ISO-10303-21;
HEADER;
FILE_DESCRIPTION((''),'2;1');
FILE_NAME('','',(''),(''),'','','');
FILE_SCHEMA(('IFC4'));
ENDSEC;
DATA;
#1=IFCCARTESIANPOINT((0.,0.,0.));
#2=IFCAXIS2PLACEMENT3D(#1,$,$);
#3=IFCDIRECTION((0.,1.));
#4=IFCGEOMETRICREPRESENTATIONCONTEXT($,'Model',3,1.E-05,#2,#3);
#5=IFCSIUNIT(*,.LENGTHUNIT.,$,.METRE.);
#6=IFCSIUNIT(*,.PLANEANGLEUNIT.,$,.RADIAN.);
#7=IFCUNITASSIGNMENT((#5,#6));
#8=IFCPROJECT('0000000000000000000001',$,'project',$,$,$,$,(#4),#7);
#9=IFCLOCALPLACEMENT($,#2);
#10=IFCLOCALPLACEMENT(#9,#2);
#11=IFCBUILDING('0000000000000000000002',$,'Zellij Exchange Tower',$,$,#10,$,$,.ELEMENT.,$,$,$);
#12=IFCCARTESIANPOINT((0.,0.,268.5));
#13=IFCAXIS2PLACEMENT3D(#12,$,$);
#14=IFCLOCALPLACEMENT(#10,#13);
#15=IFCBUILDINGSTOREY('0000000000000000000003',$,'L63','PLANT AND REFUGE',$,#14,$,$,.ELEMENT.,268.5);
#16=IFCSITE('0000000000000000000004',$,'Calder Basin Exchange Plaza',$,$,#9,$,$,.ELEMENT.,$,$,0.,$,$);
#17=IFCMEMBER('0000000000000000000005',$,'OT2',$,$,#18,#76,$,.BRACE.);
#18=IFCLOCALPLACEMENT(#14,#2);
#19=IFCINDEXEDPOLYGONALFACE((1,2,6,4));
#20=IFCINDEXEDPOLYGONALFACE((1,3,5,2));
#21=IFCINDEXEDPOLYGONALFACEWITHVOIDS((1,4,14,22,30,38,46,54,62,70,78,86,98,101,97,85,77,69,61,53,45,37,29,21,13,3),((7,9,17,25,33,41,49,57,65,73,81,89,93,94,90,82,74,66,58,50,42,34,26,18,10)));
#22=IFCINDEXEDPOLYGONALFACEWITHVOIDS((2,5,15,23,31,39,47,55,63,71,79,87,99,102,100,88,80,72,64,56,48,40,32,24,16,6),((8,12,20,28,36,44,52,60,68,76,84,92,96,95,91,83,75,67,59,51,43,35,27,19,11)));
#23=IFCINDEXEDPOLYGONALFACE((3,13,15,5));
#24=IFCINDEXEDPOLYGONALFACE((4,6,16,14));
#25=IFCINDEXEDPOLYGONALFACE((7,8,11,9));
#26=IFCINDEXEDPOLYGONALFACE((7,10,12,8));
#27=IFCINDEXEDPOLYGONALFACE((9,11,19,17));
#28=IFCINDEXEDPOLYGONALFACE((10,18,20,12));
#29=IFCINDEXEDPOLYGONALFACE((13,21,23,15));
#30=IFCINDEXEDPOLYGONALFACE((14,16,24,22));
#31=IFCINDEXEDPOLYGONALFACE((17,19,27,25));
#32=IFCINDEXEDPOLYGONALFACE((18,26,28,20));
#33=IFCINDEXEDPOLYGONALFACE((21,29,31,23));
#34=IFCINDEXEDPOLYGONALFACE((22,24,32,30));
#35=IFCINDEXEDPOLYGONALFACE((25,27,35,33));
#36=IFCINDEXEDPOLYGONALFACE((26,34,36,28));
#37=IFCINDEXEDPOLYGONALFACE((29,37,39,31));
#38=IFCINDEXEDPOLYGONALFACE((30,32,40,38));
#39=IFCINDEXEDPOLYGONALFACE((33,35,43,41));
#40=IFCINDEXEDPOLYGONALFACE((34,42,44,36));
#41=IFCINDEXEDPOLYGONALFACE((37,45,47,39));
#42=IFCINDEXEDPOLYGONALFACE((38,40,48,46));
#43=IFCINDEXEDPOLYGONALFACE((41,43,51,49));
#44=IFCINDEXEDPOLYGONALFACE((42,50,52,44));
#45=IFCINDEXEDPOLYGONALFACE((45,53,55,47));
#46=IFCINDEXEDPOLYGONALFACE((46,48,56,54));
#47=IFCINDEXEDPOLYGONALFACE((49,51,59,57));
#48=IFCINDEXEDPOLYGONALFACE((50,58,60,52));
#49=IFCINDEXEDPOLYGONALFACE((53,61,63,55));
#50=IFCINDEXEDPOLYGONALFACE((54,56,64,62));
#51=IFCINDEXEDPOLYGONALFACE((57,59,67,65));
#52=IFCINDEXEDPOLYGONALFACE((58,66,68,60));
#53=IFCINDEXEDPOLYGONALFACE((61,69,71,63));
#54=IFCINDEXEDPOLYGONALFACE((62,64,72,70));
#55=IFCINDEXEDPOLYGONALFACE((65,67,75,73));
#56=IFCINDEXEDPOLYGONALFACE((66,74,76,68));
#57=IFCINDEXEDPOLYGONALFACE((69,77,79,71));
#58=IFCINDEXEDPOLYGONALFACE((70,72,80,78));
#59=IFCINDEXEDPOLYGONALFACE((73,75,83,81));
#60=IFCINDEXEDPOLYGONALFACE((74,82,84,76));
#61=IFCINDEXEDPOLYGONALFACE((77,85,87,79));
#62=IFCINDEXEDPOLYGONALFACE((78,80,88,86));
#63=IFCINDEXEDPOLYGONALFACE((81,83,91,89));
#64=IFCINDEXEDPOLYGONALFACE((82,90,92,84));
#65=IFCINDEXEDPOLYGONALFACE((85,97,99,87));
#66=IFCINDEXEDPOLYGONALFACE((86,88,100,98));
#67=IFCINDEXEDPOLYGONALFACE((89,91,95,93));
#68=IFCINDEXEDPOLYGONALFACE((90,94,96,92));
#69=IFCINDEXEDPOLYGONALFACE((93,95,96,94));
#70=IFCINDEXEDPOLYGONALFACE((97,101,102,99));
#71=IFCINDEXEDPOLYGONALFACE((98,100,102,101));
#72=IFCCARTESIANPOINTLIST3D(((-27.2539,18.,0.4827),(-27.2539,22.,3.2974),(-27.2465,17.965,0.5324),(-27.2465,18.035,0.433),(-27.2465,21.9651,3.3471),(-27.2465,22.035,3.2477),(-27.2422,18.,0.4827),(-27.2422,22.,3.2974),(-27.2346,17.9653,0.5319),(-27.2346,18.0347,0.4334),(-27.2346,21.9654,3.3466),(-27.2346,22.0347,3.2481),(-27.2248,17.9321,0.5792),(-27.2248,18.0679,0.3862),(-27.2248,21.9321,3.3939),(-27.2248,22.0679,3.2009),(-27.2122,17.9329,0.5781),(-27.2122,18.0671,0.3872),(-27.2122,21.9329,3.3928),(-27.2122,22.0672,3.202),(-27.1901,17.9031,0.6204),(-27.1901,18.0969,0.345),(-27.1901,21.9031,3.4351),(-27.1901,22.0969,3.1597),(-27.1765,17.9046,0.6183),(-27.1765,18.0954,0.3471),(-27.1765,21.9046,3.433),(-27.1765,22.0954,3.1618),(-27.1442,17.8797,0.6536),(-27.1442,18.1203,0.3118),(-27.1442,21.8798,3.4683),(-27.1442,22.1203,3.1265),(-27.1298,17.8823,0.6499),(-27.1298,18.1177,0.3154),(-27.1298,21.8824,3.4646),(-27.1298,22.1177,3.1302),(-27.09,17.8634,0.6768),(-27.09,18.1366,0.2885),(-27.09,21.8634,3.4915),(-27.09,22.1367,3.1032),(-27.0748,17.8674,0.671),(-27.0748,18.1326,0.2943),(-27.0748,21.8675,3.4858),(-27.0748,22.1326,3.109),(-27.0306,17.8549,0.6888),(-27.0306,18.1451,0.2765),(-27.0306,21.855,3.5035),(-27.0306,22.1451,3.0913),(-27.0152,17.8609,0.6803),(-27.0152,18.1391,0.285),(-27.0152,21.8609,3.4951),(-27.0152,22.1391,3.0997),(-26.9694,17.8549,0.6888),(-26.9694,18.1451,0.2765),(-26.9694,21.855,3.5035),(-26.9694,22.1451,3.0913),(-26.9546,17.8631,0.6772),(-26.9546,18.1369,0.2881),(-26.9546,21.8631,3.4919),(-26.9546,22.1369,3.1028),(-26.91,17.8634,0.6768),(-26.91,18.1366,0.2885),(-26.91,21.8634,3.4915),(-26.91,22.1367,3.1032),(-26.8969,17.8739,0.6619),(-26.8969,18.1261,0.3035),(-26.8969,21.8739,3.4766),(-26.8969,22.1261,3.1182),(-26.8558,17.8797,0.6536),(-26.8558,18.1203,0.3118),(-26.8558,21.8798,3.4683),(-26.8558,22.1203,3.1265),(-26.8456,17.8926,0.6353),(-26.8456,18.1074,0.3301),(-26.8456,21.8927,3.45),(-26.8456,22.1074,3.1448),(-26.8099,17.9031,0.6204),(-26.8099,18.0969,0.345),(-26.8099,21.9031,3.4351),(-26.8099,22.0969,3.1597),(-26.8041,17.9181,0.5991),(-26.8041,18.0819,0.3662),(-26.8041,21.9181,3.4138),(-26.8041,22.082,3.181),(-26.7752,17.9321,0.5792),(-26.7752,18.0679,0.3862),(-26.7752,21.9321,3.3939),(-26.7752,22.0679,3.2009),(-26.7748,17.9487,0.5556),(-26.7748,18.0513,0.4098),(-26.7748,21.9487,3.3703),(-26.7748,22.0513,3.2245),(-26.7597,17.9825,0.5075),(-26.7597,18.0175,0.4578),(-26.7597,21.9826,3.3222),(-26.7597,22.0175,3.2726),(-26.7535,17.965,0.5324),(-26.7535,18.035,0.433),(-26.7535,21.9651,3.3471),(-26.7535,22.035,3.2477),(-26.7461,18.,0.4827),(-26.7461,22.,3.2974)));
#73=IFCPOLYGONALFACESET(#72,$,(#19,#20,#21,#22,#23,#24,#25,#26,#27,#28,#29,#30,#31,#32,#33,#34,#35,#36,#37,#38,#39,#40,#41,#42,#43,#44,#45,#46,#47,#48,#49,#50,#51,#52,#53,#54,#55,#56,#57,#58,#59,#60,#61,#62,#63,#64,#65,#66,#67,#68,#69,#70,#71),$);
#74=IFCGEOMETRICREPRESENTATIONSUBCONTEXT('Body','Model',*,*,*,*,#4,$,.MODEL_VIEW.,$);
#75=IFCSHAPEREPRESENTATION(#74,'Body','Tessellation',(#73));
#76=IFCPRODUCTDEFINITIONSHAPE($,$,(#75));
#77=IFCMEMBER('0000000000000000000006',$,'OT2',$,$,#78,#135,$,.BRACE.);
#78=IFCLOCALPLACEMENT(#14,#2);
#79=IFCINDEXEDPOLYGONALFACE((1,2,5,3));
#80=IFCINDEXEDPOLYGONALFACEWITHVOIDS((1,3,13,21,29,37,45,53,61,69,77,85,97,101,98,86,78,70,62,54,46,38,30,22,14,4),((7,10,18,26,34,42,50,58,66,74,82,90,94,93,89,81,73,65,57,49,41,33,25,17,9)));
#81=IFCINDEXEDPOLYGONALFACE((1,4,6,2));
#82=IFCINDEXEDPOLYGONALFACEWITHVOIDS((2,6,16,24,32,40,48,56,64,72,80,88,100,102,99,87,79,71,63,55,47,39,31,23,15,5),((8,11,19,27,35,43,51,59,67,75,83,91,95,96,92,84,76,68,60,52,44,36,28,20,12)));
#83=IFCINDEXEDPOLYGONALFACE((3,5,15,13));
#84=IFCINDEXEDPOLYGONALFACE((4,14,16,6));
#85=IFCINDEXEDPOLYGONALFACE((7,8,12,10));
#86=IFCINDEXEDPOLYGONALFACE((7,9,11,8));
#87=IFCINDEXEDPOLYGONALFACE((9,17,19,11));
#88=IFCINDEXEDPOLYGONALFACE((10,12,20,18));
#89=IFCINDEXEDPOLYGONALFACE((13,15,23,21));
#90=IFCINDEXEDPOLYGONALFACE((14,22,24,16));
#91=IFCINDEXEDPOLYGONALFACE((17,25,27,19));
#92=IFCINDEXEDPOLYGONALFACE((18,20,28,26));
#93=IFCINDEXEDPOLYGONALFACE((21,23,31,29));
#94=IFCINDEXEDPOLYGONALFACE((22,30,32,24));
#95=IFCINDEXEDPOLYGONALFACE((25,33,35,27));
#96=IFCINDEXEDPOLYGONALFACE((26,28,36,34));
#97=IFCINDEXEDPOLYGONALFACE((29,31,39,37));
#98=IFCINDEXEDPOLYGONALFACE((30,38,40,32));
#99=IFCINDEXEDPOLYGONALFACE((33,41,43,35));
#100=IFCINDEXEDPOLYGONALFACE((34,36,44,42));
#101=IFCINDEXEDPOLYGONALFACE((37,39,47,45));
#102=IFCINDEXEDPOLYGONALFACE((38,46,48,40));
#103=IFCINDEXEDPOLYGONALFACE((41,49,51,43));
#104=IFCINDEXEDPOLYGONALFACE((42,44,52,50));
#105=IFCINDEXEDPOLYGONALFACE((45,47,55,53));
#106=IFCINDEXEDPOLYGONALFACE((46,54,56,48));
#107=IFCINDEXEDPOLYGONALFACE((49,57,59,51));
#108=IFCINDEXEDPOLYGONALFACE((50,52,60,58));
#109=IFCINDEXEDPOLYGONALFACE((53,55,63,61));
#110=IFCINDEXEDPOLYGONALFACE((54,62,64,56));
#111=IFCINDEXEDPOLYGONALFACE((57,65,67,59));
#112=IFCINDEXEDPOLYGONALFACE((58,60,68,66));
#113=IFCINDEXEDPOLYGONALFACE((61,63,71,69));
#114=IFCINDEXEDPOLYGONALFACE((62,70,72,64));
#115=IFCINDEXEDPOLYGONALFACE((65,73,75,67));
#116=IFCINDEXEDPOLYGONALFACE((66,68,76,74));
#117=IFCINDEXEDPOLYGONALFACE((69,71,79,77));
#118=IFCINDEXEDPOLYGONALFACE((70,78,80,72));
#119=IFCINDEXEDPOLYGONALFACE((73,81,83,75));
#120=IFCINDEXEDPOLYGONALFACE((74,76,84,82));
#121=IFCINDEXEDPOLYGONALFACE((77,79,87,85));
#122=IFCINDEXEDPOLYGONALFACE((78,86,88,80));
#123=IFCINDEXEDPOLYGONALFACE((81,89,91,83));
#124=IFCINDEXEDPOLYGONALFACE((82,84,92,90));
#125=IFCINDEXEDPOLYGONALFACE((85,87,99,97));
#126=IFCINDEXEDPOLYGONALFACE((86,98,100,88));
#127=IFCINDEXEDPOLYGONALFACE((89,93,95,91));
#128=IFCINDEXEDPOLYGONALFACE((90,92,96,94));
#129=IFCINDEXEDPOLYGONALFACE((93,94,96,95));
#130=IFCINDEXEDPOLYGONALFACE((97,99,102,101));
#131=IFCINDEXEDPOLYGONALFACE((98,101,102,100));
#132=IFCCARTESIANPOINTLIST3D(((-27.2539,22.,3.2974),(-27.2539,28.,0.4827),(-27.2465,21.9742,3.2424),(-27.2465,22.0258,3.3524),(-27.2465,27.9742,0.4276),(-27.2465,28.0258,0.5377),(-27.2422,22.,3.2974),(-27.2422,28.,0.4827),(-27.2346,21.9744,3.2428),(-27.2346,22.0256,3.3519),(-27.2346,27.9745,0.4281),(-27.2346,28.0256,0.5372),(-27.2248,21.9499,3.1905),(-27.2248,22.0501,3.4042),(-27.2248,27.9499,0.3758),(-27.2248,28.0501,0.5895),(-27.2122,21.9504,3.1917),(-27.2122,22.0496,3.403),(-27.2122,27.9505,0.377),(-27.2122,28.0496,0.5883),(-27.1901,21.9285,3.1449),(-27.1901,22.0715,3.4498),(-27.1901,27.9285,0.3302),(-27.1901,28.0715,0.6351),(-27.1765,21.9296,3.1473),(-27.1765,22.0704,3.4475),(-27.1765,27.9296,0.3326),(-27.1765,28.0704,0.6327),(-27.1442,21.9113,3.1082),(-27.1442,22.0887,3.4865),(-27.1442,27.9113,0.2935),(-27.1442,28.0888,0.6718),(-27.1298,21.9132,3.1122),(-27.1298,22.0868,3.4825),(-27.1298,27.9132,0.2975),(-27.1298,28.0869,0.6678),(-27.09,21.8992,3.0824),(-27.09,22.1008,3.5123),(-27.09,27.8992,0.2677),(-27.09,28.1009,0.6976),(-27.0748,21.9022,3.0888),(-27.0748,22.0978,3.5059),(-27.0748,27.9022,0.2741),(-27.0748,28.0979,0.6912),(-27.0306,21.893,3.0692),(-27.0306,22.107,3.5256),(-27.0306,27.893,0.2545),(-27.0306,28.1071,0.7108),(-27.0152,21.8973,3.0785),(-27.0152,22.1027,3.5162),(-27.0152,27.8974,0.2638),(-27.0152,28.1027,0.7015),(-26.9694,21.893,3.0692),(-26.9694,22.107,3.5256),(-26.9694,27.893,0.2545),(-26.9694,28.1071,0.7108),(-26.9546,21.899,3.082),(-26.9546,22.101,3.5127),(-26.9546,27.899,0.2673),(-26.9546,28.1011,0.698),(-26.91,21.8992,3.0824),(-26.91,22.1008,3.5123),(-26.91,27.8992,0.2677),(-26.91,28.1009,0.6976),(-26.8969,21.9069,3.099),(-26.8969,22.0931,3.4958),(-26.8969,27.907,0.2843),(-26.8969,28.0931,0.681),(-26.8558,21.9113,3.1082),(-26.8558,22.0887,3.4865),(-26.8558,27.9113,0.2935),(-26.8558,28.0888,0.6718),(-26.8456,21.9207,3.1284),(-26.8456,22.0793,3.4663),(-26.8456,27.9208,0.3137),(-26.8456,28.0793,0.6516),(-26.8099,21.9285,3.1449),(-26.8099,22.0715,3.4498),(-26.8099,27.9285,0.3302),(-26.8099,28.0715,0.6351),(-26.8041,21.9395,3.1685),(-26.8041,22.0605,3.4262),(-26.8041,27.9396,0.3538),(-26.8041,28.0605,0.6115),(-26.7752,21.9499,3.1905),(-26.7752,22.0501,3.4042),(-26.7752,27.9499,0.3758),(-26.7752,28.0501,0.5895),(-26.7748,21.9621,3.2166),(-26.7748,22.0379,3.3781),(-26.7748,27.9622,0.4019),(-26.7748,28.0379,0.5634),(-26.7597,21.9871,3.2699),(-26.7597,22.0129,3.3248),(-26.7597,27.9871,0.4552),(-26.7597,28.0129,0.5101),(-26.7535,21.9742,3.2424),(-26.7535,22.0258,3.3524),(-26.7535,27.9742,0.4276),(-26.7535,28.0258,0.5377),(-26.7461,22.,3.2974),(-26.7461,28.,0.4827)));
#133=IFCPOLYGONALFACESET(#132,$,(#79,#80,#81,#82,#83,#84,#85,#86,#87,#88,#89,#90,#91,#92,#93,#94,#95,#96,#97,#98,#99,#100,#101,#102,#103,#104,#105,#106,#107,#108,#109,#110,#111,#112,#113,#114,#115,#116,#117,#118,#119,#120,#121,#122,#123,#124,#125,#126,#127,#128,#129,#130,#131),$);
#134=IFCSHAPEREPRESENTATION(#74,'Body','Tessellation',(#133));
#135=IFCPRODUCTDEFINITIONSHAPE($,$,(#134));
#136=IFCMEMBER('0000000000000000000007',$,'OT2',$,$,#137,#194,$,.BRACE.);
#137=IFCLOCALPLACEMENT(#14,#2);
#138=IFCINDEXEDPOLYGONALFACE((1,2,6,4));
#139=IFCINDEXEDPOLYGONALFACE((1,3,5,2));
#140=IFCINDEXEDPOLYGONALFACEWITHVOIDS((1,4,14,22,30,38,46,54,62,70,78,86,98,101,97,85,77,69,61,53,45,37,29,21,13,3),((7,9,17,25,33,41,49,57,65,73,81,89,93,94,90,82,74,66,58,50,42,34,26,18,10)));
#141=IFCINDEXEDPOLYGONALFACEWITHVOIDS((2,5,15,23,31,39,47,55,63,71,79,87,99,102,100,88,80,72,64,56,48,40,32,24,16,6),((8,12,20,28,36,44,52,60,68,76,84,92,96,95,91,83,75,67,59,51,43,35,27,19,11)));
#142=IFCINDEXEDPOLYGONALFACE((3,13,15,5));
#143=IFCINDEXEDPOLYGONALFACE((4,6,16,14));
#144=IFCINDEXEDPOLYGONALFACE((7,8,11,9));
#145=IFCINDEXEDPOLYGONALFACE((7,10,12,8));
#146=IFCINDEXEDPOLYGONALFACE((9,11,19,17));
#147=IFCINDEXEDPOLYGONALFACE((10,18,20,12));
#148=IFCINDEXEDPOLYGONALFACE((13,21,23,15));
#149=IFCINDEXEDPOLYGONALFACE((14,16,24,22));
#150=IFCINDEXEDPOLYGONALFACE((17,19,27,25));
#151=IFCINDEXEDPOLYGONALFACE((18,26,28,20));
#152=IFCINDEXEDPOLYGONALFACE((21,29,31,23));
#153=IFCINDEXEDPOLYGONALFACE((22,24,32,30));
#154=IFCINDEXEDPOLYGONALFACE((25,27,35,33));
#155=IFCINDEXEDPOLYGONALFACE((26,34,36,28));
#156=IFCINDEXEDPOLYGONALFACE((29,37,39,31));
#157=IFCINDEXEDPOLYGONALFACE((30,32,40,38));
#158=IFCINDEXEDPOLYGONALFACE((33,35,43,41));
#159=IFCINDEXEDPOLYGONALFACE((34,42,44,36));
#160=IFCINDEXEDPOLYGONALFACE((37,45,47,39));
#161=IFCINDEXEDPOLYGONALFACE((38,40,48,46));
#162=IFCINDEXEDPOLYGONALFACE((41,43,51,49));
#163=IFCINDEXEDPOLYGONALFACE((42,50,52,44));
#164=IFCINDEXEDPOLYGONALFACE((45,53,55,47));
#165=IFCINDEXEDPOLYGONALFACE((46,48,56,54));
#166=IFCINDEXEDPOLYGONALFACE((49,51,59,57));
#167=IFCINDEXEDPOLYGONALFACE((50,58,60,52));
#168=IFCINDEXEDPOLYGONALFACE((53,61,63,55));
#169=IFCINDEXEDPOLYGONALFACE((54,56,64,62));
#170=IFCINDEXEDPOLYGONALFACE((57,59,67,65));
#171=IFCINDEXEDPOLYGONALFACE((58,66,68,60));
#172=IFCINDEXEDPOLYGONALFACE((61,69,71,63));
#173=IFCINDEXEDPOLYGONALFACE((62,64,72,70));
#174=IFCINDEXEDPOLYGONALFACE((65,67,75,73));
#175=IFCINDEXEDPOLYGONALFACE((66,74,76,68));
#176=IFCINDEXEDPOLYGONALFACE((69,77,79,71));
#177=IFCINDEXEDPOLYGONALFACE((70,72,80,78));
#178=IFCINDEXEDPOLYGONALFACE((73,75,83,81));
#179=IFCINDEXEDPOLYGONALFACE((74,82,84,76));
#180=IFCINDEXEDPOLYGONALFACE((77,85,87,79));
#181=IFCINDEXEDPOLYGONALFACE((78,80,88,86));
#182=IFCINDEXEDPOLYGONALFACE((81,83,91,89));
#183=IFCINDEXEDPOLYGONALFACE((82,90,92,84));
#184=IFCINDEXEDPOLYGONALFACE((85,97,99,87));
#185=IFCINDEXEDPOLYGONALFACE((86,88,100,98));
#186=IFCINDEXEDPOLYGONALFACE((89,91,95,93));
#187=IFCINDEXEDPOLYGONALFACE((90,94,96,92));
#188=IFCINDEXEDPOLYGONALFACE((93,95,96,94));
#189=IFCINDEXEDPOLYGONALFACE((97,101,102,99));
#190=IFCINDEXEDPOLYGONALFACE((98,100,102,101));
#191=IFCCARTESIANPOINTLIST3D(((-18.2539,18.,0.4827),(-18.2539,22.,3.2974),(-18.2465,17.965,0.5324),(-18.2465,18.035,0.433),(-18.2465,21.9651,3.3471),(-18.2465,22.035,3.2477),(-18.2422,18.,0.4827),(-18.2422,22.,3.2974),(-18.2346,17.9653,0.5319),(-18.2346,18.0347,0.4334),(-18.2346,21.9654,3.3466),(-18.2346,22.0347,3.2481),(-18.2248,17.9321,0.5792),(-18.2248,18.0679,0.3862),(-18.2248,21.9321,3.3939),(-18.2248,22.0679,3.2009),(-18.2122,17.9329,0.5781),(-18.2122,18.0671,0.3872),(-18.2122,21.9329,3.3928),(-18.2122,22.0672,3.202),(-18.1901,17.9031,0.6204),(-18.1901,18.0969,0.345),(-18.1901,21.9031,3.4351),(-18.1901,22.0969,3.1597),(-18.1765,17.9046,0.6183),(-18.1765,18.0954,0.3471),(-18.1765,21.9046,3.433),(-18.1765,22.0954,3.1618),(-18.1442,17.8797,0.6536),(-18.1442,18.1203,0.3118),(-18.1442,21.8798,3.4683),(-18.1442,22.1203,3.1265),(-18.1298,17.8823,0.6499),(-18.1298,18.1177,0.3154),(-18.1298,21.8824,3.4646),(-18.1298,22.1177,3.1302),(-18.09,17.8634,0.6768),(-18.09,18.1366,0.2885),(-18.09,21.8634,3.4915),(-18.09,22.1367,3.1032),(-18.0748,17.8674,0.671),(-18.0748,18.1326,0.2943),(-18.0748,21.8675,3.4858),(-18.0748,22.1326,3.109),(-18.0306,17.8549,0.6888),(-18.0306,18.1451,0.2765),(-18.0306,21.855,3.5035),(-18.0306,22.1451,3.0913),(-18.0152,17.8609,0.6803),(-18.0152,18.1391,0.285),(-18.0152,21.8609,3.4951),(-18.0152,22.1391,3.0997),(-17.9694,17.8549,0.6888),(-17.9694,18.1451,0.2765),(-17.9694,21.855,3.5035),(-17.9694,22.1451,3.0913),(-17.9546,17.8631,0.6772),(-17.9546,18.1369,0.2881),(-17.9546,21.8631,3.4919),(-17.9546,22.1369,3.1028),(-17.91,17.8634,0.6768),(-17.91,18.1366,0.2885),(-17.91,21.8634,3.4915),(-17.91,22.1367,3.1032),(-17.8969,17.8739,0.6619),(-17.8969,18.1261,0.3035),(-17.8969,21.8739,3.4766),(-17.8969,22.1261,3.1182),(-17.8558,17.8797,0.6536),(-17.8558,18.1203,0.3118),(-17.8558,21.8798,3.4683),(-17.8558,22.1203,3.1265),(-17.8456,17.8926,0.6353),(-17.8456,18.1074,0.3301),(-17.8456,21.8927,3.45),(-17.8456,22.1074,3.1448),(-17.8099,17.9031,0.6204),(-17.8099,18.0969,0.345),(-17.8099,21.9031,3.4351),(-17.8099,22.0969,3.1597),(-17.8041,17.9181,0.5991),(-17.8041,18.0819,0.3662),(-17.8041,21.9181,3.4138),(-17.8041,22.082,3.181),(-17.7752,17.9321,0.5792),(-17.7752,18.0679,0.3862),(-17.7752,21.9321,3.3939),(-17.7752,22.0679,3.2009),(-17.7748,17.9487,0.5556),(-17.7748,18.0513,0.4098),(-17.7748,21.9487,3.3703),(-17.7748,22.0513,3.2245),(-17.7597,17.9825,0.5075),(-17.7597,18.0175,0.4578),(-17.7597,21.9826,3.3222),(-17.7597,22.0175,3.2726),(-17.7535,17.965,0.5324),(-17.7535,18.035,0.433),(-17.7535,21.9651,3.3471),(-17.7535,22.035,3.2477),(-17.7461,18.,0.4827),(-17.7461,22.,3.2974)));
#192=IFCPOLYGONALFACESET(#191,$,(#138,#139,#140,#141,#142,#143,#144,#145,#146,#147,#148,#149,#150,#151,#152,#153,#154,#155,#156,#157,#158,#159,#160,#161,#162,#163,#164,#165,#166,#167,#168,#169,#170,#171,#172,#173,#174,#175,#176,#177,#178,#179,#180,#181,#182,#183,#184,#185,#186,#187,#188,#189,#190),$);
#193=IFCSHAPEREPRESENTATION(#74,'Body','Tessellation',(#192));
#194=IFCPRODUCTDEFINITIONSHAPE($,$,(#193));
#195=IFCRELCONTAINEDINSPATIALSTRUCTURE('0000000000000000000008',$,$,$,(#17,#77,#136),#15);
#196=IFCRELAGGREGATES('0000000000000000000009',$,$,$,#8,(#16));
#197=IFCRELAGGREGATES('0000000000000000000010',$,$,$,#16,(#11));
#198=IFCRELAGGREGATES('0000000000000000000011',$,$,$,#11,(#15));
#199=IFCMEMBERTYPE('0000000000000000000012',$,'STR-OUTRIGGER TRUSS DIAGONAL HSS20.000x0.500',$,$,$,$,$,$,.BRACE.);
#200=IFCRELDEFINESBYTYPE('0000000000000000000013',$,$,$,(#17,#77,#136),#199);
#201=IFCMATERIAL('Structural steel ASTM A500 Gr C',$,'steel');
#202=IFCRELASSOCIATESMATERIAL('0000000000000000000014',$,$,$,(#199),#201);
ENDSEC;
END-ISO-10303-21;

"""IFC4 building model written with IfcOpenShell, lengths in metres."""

from ifc_helpers import new_model, si_unit, direction, frame, origin, origin_2d, place, context, subcontext, project, spatial, hollow_circle, extrude, material, material_profile, profile_set, type_object, element, save


model = new_model("IFC4")

# Units and contexts
model_context = context("Model", 3, precision=1e-05, world=origin(), true_north=direction((0.0, 1.0)))
body_context = subcontext(model_context, "Body", "Model", "MODEL_VIEW")
ifc_project = project(units=[si_unit("LENGTHUNIT", "METRE"), si_unit("PLANEANGLEUNIT", "RADIAN")], contexts=[model_context])

# Site, building, storey
site_placement = place(None, origin())
site = spatial("IfcSite", under=ifc_project, at=site_placement, Name="Calder Basin Exchange Plaza", CompositionType="ELEMENT", RefElevation=0.0)
building_placement = place(site_placement, origin())
building = spatial("IfcBuilding", under=site, at=building_placement, Name="Zellij Exchange Tower", CompositionType="ELEMENT")
storey_placement = place(building_placement, frame((0.0, 0.0, 268.5)))
storey = spatial("IfcBuildingStorey", under=building, at=storey_placement, Name="L63", Description="PLANT AND REFUGE", CompositionType="ELEMENT", Elevation=268.5)

# Shared definitions
ifc_material_1 = material(Name="Structural steel ASTM A500 Gr C", Category="steel")

# Members
ifc_material_profile_1 = material_profile(ifc_material_1, hollow_circle(Radius=0.2539, WallThickness=0.0117, at=origin_2d()), Name="STR-OUTRIGGER TRUSS DIAGONAL HSS20.000x0.500")
ifc_profile_set_1 = profile_set([ifc_material_profile_1], Name="Structural steel ASTM A500 Gr C")
member_type_1 = type_object("IfcMemberType", Name="STR-OUTRIGGER TRUSS DIAGONAL HSS20.000x0.500", PredefinedType="BRACE", material=ifc_profile_set_1)
member_1_placement = place(storey_placement, frame((-27.0, 18.0, 0.4827), z_axis=(0.0, 0.817818, 0.575477), x_axis=(-1.0, 0.0, 0.0)))
element("IfcMember", 1, at=member_1_placement, inside=storey, type_object=member_type_1, Name="OT2", PredefinedType="BRACE", context=body_context, shape_type="SweptSolid", body=[
    extrude(hollow_circle(Radius=0.2539, WallThickness=0.0117, at=origin_2d()), origin(), (0.0, 0.0, 1.0), 4.8911),
])
member_2_placement = place(storey_placement, frame((-27.0, 22.0, 3.2974), z_axis=(0.0, 0.905331, -0.424706), x_axis=(-1.0, 0.0, 0.0)))
element("IfcMember", 2, at=member_2_placement, inside=storey, type_object=member_type_1, Name="OT2", PredefinedType="BRACE", context=body_context, shape_type="SweptSolid", body=[
    extrude(hollow_circle(Radius=0.2539, WallThickness=0.0117, at=origin_2d()), origin(), (0.0, 0.0, 1.0), 6.6274),
])
member_3_placement = place(storey_placement, frame((-18.0, 18.0, 0.4827), z_axis=(0.0, 0.817818, 0.575477), x_axis=(-1.0, 0.0, 0.0)))
element("IfcMember", 3, at=member_3_placement, inside=storey, type_object=member_type_1, Name="OT2", PredefinedType="BRACE", context=body_context, shape_type="SweptSolid", body=[
    extrude(hollow_circle(Radius=0.2539, WallThickness=0.0117, at=origin_2d()), origin(), (0.0, 0.0, 1.0), 4.8911),
])

save(model, "model.ifc")
